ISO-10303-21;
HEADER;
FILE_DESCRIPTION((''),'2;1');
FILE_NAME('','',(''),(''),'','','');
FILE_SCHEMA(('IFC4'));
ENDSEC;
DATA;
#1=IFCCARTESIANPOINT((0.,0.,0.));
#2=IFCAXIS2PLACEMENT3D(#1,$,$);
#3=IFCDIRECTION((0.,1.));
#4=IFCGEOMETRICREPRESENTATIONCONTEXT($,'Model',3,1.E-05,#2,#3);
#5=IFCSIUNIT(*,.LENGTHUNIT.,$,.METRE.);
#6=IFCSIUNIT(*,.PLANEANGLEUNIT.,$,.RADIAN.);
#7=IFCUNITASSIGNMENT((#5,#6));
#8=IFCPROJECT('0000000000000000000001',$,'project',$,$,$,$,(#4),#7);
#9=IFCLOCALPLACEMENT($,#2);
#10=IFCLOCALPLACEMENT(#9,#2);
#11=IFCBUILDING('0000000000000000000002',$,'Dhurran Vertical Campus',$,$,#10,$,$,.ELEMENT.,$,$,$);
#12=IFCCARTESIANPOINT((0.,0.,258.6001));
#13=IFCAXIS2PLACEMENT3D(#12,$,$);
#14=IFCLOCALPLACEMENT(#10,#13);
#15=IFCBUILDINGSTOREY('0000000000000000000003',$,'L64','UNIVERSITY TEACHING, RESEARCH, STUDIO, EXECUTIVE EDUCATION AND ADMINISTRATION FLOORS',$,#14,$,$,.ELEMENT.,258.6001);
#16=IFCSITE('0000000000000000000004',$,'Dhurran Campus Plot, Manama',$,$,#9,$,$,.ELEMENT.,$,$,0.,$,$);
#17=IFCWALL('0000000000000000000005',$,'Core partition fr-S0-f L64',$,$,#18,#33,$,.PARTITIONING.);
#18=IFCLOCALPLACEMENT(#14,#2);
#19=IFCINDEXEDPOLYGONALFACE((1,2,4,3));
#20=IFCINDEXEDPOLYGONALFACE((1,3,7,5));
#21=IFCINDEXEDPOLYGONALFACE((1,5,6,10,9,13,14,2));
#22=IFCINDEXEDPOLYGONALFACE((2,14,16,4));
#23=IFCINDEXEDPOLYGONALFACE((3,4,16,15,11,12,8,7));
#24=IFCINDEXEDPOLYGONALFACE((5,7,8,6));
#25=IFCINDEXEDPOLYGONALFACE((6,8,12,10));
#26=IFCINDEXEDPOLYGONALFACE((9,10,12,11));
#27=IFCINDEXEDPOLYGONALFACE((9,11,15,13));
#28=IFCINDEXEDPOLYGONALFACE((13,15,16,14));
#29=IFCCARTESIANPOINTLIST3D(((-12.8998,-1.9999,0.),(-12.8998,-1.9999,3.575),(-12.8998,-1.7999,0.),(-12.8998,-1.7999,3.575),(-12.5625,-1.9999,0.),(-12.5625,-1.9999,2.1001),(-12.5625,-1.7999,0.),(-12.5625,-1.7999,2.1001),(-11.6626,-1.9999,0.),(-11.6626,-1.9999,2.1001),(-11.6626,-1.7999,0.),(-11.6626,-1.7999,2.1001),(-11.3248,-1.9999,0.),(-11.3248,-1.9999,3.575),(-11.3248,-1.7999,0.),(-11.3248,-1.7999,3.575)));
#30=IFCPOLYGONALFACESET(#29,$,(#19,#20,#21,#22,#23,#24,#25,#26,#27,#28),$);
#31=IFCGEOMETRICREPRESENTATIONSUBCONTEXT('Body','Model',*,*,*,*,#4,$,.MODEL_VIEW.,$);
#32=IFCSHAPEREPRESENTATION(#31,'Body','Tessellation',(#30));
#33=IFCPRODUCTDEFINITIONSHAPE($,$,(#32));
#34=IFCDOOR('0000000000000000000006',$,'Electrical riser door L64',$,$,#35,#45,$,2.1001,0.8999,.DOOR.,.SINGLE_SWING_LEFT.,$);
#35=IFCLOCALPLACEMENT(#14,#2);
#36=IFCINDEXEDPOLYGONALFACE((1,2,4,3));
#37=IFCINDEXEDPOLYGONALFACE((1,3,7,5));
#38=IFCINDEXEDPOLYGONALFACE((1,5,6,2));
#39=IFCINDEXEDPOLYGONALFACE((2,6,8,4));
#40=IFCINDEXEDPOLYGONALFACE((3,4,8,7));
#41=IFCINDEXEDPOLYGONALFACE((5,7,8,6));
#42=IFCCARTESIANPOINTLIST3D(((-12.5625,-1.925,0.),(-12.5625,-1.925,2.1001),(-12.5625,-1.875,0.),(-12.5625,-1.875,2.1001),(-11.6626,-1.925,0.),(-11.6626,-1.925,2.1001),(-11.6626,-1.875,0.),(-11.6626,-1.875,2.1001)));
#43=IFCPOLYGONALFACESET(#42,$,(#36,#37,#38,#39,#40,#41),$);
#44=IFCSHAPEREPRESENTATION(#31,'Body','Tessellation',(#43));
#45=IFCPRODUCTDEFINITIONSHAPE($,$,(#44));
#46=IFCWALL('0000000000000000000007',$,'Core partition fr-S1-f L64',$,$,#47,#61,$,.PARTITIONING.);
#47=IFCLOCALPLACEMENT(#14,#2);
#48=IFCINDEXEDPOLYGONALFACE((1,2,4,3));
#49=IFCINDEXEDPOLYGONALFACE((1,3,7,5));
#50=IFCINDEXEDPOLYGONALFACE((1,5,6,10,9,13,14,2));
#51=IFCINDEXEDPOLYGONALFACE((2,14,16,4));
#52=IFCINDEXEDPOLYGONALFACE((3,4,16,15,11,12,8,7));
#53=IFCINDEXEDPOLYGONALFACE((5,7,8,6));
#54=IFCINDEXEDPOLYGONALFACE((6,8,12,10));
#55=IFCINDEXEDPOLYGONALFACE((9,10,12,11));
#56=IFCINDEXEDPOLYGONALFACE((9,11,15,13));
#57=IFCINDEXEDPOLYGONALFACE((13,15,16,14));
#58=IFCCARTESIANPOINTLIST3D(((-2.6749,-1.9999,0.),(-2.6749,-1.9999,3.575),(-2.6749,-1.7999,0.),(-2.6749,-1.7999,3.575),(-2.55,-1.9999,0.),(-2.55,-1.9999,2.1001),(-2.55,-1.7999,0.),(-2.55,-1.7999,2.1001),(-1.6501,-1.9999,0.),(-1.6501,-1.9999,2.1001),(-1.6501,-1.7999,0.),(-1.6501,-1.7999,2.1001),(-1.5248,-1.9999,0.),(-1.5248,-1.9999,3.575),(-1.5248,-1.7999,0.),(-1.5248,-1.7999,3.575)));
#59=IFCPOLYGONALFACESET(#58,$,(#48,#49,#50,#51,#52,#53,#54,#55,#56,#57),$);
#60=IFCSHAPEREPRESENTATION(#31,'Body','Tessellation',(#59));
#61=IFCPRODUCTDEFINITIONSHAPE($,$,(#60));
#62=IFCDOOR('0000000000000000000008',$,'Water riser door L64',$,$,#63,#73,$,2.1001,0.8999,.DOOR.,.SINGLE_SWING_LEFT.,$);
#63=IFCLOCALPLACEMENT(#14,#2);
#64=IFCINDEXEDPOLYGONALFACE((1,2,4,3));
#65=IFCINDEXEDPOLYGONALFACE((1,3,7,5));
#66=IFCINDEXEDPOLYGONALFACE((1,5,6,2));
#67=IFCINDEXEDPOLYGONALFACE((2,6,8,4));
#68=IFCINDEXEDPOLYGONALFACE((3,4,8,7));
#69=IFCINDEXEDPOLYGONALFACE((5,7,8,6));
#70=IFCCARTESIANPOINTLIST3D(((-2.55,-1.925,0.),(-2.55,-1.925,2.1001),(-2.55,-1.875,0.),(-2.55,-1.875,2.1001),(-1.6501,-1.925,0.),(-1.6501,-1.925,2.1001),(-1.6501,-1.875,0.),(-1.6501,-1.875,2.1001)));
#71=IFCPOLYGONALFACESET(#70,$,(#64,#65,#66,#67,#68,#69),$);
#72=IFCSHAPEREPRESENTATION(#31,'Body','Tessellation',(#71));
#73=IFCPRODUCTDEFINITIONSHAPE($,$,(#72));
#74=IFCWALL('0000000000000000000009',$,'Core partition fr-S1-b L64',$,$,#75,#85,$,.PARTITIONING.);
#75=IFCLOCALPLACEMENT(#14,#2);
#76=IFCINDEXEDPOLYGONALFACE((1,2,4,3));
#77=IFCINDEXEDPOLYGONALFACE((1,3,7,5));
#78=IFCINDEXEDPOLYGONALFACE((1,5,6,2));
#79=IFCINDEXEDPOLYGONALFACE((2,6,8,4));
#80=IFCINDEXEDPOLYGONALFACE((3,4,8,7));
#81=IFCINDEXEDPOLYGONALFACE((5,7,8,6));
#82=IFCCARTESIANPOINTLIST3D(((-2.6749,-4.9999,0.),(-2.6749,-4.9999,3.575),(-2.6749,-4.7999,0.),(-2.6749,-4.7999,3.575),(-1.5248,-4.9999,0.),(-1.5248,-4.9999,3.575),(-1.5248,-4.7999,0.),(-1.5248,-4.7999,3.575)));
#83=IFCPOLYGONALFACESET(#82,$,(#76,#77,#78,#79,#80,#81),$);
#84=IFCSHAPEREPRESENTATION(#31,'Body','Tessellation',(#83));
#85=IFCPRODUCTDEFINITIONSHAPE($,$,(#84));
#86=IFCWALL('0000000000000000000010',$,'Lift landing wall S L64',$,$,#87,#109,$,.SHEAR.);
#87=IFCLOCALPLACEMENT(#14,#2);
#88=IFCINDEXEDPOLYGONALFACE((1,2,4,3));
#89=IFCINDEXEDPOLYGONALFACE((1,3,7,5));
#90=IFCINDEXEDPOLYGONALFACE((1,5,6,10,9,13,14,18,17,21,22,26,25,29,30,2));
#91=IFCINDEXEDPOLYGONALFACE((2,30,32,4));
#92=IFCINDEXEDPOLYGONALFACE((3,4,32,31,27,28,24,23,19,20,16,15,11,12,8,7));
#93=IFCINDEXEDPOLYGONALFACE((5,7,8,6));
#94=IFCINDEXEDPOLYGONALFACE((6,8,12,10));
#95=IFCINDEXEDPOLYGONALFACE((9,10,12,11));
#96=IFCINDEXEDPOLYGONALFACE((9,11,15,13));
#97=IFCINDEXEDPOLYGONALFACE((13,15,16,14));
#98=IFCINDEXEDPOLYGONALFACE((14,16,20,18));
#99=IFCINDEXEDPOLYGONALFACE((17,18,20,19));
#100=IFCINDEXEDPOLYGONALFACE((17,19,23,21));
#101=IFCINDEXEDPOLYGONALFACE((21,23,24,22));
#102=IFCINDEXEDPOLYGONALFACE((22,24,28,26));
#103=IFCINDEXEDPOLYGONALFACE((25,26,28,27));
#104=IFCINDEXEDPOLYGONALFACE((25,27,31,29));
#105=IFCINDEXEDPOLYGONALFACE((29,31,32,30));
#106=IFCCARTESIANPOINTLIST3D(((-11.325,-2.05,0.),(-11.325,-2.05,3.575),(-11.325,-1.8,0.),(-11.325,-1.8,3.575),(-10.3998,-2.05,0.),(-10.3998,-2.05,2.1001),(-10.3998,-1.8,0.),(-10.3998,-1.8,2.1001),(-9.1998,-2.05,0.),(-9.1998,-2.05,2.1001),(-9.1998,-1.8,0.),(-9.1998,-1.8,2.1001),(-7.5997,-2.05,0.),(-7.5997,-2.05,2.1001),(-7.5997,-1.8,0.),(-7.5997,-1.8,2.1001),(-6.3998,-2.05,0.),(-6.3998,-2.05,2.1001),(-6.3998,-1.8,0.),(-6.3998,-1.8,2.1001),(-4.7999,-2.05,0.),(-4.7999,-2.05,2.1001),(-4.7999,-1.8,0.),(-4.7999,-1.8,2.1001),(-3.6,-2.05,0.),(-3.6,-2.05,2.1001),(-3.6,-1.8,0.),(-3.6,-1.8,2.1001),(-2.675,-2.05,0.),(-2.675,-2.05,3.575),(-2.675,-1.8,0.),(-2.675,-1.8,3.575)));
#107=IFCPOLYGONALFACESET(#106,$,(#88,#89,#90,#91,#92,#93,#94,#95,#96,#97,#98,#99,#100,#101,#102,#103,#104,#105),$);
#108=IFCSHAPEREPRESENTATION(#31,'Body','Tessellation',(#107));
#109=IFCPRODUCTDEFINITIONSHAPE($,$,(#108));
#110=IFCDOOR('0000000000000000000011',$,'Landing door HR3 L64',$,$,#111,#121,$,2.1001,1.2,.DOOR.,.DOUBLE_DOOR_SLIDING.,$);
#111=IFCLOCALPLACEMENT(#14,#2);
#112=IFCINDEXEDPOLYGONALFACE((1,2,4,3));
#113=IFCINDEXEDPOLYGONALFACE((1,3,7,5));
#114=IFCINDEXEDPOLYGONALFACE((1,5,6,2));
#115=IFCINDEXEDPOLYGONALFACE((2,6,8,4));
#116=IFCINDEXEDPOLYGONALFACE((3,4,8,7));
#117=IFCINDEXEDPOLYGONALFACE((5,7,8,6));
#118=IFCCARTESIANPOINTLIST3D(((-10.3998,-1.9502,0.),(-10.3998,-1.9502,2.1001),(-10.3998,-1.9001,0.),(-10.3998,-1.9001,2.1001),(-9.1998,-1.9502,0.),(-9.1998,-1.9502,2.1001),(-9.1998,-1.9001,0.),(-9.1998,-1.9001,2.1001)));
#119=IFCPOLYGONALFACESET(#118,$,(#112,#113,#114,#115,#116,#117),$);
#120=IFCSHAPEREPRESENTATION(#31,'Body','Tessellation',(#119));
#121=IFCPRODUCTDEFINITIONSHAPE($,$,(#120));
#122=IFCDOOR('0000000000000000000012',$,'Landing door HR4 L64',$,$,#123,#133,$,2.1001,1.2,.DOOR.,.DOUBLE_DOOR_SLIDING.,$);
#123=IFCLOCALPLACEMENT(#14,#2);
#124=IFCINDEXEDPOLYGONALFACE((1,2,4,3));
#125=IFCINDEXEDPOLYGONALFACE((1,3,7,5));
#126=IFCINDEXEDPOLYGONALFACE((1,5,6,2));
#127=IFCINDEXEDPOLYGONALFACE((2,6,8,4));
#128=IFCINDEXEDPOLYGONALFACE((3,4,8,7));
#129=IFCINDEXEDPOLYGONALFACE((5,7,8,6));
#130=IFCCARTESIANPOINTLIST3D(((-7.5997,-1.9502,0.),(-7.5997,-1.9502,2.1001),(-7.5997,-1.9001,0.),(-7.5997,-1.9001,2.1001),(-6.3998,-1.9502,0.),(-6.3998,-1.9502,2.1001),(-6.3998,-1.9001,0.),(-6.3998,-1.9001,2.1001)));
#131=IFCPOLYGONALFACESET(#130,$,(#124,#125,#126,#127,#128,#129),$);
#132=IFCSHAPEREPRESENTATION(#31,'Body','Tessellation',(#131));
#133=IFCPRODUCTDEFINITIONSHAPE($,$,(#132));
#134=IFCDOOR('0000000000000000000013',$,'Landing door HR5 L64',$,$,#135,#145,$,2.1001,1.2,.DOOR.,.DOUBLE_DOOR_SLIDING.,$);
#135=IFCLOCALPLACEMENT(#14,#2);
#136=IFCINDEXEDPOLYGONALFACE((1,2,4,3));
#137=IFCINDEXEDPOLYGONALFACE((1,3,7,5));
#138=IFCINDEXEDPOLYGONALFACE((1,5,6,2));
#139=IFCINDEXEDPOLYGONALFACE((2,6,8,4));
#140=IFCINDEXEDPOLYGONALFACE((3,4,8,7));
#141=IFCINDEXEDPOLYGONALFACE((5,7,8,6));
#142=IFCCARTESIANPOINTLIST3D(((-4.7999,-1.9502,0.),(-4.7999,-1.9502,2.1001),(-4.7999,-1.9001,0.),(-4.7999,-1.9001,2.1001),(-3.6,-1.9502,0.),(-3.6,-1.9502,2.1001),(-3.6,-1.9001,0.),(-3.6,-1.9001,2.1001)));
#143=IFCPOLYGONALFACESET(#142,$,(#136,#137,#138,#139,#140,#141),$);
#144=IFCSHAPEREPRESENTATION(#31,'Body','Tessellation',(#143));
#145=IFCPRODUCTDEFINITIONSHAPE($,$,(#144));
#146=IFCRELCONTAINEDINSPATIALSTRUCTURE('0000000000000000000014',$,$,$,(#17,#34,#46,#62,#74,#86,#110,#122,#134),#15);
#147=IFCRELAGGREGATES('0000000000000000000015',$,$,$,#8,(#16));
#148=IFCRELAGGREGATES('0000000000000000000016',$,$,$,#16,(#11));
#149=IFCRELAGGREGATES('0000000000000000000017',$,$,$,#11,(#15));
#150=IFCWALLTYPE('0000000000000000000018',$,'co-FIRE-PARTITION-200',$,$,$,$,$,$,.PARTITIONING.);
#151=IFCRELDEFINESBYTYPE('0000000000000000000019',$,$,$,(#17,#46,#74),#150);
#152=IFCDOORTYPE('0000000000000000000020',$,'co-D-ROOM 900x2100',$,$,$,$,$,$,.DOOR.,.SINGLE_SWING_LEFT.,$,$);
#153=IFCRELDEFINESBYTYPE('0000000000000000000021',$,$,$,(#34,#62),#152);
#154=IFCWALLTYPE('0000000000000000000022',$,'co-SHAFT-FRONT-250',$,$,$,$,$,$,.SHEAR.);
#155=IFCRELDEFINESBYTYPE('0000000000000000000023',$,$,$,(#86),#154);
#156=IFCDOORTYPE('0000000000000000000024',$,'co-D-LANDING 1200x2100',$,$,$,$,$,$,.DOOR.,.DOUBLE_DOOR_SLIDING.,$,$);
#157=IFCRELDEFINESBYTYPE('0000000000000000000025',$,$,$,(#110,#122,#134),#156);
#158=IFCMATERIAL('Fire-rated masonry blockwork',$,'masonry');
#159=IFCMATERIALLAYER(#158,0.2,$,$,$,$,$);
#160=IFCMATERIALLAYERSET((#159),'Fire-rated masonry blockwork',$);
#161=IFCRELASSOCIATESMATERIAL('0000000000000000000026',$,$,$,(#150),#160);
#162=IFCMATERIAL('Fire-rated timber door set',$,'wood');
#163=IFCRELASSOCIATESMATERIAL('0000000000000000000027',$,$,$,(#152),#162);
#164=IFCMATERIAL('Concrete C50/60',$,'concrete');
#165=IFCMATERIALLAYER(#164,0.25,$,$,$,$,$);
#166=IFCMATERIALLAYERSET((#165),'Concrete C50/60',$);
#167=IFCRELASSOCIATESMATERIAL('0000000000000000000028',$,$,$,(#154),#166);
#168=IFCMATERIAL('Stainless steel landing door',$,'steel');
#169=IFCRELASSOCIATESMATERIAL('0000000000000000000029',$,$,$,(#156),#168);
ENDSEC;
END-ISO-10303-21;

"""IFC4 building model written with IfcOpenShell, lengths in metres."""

from ifc_helpers import new_model, si_unit, direction, frame, frame_2d, origin, place, context, subcontext, project, spatial, rectangle, extrude, material, layer, layer_set, type_object, element, fill, save


model = new_model("IFC4")

# Units and contexts
model_context = context("Model", 3, precision=1e-05, world=origin(), true_north=direction((0.0, 1.0)))
body_context = subcontext(model_context, "Body", "Model", "MODEL_VIEW")
ifc_project = project(units=[si_unit("LENGTHUNIT", "METRE"), si_unit("PLANEANGLEUNIT", "RADIAN")], contexts=[model_context])

# Site, building, storey
site_placement = place(None, origin())
site = spatial("IfcSite", under=ifc_project, at=site_placement, Name="Dhurran Campus Plot, Manama", CompositionType="ELEMENT", RefElevation=0.0)
building_placement = place(site_placement, origin())
building = spatial("IfcBuilding", under=site, at=building_placement, Name="Dhurran Vertical Campus", CompositionType="ELEMENT")
storey_placement = place(building_placement, frame((0.0, 0.0, 258.6001)))
storey = spatial("IfcBuildingStorey", under=building, at=storey_placement, Name="L64", Description="UNIVERSITY TEACHING, RESEARCH, STUDIO, EXECUTIVE EDUCATION AND ADMINISTRATION FLOORS", CompositionType="ELEMENT", Elevation=258.6001)

# Shared definitions
ifc_material_1 = material(Name="Fire-rated masonry blockwork", Category="masonry")
ifc_layer_1 = layer(ifc_material_1, 0.2)
ifc_layer_set_1 = layer_set([ifc_layer_1], Name="Fire-rated masonry blockwork")
wall_type_1 = type_object("IfcWallType", Name="co-FIRE-PARTITION-200", PredefinedType="PARTITIONING", material=ifc_layer_set_1)

# Walls, openings, doors
wall_1_placement = place(storey_placement, frame((-12.8999, -1.8999, 0.0), z_axis=(0.0, 0.0, 1.0), x_axis=(1.0, 0.0, 0.0)))
wall_1 = element("IfcWall", 1, at=wall_1_placement, inside=storey, type_object=wall_type_1, Name="Core partition fr-S0-f L64", PredefinedType="PARTITIONING", context=body_context, shape_type="SweptSolid", body=[
    extrude(rectangle(XDim=1.575, YDim=0.2, at=frame_2d((0.7876, 0.0))), origin(), (0.0, 0.0, 1.0), 3.575),
])
opening_1_placement = place(wall_1_placement, frame((0.3374, 0.0, 0.0)))
opening_1 = element("IfcOpeningElement", 2, at=opening_1_placement, cuts=wall_1, PredefinedType="OPENING", context=body_context, shape_type="SweptSolid", body=[
    extrude(rectangle(XDim=0.8999, YDim=2.1001, at=frame_2d((0.45, 1.05))), frame((0.0, 0.1099, 0.0), z_axis=(0.0, -1.0, 0.0), x_axis=(1.0, 0.0, 0.0)), (0.0, 0.0, 1.0), 0.22),
])
ifc_material_2 = material(Name="Fire-rated timber door set", Category="wood")
door_type_1 = type_object("IfcDoorType", Name="co-D-ROOM 900x2100", OperationType="SINGLE_SWING_LEFT", PredefinedType="DOOR", material=ifc_material_2)
door_1_placement = place(opening_1_placement, origin())
door_1 = element("IfcDoor", 3, at=door_1_placement, inside=storey, type_object=door_type_1, Name="Electrical riser door L64", OperationType="SINGLE_SWING_LEFT", OverallHeight=2.1001, OverallWidth=0.8999, PredefinedType="DOOR", context=body_context, shape_type="SweptSolid", body=[
    extrude(rectangle(XDim=0.8999, YDim=2.1001, at=frame_2d((0.45, 1.05))), frame((0.0, 0.0249, 0.0), z_axis=(0.0, -1.0, 0.0), x_axis=(1.0, 0.0, 0.0)), (0.0, 0.0, 1.0), 0.05),
])
fill(opening_1, door_1)
wall_2_placement = place(storey_placement, frame((-2.675, -1.8999, 0.0), z_axis=(0.0, 0.0, 1.0), x_axis=(1.0, 0.0, 0.0)))
wall_2 = element("IfcWall", 4, at=wall_2_placement, inside=storey, type_object=wall_type_1, Name="Core partition fr-S1-f L64", PredefinedType="PARTITIONING", context=body_context, shape_type="SweptSolid", body=[
    extrude(rectangle(XDim=1.1501, YDim=0.2, at=frame_2d((0.5752, 0.0))), origin(), (0.0, 0.0, 1.0), 3.575),
])
opening_2_placement = place(wall_2_placement, frame((0.125, 0.0, 0.0)))
opening_2 = element("IfcOpeningElement", 5, at=opening_2_placement, cuts=wall_2, PredefinedType="OPENING", context=body_context, shape_type="SweptSolid", body=[
    extrude(rectangle(XDim=0.8999, YDim=2.1001, at=frame_2d((0.45, 1.05))), frame((0.0, 0.1099, 0.0), z_axis=(0.0, -1.0, 0.0), x_axis=(1.0, 0.0, 0.0)), (0.0, 0.0, 1.0), 0.22),
])
door_2_placement = place(opening_2_placement, origin())
door_2 = element("IfcDoor", 6, at=door_2_placement, inside=storey, type_object=door_type_1, Name="Water riser door L64", OperationType="SINGLE_SWING_LEFT", OverallHeight=2.1001, OverallWidth=0.8999, PredefinedType="DOOR", context=body_context, shape_type="SweptSolid", body=[
    extrude(rectangle(XDim=0.8999, YDim=2.1001, at=frame_2d((0.45, 1.05))), frame((0.0, 0.0249, 0.0), z_axis=(0.0, -1.0, 0.0), x_axis=(1.0, 0.0, 0.0)), (0.0, 0.0, 1.0), 0.05),
])
fill(opening_2, door_2)

# Wall
wall_3_placement = place(storey_placement, frame((-2.675, -4.8999, 0.0), z_axis=(0.0, 0.0, 1.0), x_axis=(1.0, 0.0, 0.0)))
element("IfcWall", 7, at=wall_3_placement, inside=storey, type_object=wall_type_1, Name="Core partition fr-S1-b L64", PredefinedType="PARTITIONING", context=body_context, shape_type="SweptSolid", body=[
    extrude(rectangle(XDim=1.1501, YDim=0.2, at=frame_2d((0.5752, 0.0))), origin(), (0.0, 0.0, 1.0), 3.575),
])

# Wall, openings, doors
ifc_material_3 = material(Name="Concrete C50/60", Category="concrete")
ifc_layer_2 = layer(ifc_material_3, 0.25)
ifc_layer_set_2 = layer_set([ifc_layer_2], Name="Concrete C50/60")
wall_type_2 = type_object("IfcWallType", Name="co-SHAFT-FRONT-250", PredefinedType="SHEAR", material=ifc_layer_set_2)
wall_4_placement = place(storey_placement, frame((-11.325, -1.925, 0.0), z_axis=(0.0, 0.0, 1.0), x_axis=(1.0, 0.0, 0.0)))
wall_4 = element("IfcWall", 8, at=wall_4_placement, inside=storey, type_object=wall_type_2, Name="Lift landing wall S L64", PredefinedType="SHEAR", context=body_context, shape_type="SweptSolid", body=[
    extrude(rectangle(XDim=8.6499, YDim=0.25, at=frame_2d((4.325, 0.0))), origin(), (0.0, 0.0, 1.0), 3.575),
])
opening_3_placement = place(wall_4_placement, frame((0.925, 0.0, 0.0)))
opening_3 = element("IfcOpeningElement", 9, at=opening_3_placement, cuts=wall_4, PredefinedType="OPENING", context=body_context, shape_type="SweptSolid", body=[
    extrude(rectangle(XDim=1.2, YDim=2.1001, at=frame_2d((0.6001, 1.05))), frame((0.0, 0.135, 0.0), z_axis=(0.0, -1.0, 0.0), x_axis=(1.0, 0.0, 0.0)), (0.0, 0.0, 1.0), 0.27),
])
opening_4_placement = place(wall_4_placement, frame((3.7251, 0.0, 0.0)))
opening_4 = element("IfcOpeningElement", 10, at=opening_4_placement, cuts=wall_4, PredefinedType="OPENING", context=body_context, shape_type="SweptSolid", body=[
    extrude(rectangle(XDim=1.2, YDim=2.1001, at=frame_2d((0.6001, 1.05))), frame((0.0, 0.135, 0.0), z_axis=(0.0, -1.0, 0.0), x_axis=(1.0, 0.0, 0.0)), (0.0, 0.0, 1.0), 0.27),
])
opening_5_placement = place(wall_4_placement, frame((6.5249, 0.0, 0.0)))
opening_5 = element("IfcOpeningElement", 11, at=opening_5_placement, cuts=wall_4, PredefinedType="OPENING", context=body_context, shape_type="SweptSolid", body=[
    extrude(rectangle(XDim=1.2, YDim=2.1001, at=frame_2d((0.6001, 1.05))), frame((0.0, 0.135, 0.0), z_axis=(0.0, -1.0, 0.0), x_axis=(1.0, 0.0, 0.0)), (0.0, 0.0, 1.0), 0.27),
])
ifc_material_4 = material(Name="Stainless steel landing door", Category="steel")
door_type_2 = type_object("IfcDoorType", Name="co-D-LANDING 1200x2100", OperationType="DOUBLE_DOOR_SLIDING", PredefinedType="DOOR", material=ifc_material_4)
door_3_placement = place(opening_3_placement, origin())
door_3 = element("IfcDoor", 12, at=door_3_placement, inside=storey, type_object=door_type_2, Name="Landing door HR3 L64", OperationType="DOUBLE_DOOR_SLIDING", OverallHeight=2.1001, OverallWidth=1.2, PredefinedType="DOOR", context=body_context, shape_type="SweptSolid", body=[
    extrude(rectangle(XDim=1.2, YDim=2.1001, at=frame_2d((0.6001, 1.05))), frame((0.0, 0.0249, 0.0), z_axis=(0.0, -1.0, 0.0), x_axis=(1.0, 0.0, 0.0)), (0.0, 0.0, 1.0), 0.05),
])
fill(opening_3, door_3)
door_4_placement = place(opening_4_placement, origin())
door_4 = element("IfcDoor", 13, at=door_4_placement, inside=storey, type_object=door_type_2, Name="Landing door HR4 L64", OperationType="DOUBLE_DOOR_SLIDING", OverallHeight=2.1001, OverallWidth=1.2, PredefinedType="DOOR", context=body_context, shape_type="SweptSolid", body=[
    extrude(rectangle(XDim=1.2, YDim=2.1001, at=frame_2d((0.6001, 1.05))), frame((0.0, 0.0249, 0.0), z_axis=(0.0, -1.0, 0.0), x_axis=(1.0, 0.0, 0.0)), (0.0, 0.0, 1.0), 0.05),
])
fill(opening_4, door_4)
door_5_placement = place(opening_5_placement, origin())
door_5 = element("IfcDoor", 14, at=door_5_placement, inside=storey, type_object=door_type_2, Name="Landing door HR5 L64", OperationType="DOUBLE_DOOR_SLIDING", OverallHeight=2.1001, OverallWidth=1.2, PredefinedType="DOOR", context=body_context, shape_type="SweptSolid", body=[
    extrude(rectangle(XDim=1.2, YDim=2.1001, at=frame_2d((0.6001, 1.05))), frame((0.0, 0.0249, 0.0), z_axis=(0.0, -1.0, 0.0), x_axis=(1.0, 0.0, 0.0)), (0.0, 0.0, 1.0), 0.05),
])
fill(opening_5, door_5)

save(model, "model.ifc")
